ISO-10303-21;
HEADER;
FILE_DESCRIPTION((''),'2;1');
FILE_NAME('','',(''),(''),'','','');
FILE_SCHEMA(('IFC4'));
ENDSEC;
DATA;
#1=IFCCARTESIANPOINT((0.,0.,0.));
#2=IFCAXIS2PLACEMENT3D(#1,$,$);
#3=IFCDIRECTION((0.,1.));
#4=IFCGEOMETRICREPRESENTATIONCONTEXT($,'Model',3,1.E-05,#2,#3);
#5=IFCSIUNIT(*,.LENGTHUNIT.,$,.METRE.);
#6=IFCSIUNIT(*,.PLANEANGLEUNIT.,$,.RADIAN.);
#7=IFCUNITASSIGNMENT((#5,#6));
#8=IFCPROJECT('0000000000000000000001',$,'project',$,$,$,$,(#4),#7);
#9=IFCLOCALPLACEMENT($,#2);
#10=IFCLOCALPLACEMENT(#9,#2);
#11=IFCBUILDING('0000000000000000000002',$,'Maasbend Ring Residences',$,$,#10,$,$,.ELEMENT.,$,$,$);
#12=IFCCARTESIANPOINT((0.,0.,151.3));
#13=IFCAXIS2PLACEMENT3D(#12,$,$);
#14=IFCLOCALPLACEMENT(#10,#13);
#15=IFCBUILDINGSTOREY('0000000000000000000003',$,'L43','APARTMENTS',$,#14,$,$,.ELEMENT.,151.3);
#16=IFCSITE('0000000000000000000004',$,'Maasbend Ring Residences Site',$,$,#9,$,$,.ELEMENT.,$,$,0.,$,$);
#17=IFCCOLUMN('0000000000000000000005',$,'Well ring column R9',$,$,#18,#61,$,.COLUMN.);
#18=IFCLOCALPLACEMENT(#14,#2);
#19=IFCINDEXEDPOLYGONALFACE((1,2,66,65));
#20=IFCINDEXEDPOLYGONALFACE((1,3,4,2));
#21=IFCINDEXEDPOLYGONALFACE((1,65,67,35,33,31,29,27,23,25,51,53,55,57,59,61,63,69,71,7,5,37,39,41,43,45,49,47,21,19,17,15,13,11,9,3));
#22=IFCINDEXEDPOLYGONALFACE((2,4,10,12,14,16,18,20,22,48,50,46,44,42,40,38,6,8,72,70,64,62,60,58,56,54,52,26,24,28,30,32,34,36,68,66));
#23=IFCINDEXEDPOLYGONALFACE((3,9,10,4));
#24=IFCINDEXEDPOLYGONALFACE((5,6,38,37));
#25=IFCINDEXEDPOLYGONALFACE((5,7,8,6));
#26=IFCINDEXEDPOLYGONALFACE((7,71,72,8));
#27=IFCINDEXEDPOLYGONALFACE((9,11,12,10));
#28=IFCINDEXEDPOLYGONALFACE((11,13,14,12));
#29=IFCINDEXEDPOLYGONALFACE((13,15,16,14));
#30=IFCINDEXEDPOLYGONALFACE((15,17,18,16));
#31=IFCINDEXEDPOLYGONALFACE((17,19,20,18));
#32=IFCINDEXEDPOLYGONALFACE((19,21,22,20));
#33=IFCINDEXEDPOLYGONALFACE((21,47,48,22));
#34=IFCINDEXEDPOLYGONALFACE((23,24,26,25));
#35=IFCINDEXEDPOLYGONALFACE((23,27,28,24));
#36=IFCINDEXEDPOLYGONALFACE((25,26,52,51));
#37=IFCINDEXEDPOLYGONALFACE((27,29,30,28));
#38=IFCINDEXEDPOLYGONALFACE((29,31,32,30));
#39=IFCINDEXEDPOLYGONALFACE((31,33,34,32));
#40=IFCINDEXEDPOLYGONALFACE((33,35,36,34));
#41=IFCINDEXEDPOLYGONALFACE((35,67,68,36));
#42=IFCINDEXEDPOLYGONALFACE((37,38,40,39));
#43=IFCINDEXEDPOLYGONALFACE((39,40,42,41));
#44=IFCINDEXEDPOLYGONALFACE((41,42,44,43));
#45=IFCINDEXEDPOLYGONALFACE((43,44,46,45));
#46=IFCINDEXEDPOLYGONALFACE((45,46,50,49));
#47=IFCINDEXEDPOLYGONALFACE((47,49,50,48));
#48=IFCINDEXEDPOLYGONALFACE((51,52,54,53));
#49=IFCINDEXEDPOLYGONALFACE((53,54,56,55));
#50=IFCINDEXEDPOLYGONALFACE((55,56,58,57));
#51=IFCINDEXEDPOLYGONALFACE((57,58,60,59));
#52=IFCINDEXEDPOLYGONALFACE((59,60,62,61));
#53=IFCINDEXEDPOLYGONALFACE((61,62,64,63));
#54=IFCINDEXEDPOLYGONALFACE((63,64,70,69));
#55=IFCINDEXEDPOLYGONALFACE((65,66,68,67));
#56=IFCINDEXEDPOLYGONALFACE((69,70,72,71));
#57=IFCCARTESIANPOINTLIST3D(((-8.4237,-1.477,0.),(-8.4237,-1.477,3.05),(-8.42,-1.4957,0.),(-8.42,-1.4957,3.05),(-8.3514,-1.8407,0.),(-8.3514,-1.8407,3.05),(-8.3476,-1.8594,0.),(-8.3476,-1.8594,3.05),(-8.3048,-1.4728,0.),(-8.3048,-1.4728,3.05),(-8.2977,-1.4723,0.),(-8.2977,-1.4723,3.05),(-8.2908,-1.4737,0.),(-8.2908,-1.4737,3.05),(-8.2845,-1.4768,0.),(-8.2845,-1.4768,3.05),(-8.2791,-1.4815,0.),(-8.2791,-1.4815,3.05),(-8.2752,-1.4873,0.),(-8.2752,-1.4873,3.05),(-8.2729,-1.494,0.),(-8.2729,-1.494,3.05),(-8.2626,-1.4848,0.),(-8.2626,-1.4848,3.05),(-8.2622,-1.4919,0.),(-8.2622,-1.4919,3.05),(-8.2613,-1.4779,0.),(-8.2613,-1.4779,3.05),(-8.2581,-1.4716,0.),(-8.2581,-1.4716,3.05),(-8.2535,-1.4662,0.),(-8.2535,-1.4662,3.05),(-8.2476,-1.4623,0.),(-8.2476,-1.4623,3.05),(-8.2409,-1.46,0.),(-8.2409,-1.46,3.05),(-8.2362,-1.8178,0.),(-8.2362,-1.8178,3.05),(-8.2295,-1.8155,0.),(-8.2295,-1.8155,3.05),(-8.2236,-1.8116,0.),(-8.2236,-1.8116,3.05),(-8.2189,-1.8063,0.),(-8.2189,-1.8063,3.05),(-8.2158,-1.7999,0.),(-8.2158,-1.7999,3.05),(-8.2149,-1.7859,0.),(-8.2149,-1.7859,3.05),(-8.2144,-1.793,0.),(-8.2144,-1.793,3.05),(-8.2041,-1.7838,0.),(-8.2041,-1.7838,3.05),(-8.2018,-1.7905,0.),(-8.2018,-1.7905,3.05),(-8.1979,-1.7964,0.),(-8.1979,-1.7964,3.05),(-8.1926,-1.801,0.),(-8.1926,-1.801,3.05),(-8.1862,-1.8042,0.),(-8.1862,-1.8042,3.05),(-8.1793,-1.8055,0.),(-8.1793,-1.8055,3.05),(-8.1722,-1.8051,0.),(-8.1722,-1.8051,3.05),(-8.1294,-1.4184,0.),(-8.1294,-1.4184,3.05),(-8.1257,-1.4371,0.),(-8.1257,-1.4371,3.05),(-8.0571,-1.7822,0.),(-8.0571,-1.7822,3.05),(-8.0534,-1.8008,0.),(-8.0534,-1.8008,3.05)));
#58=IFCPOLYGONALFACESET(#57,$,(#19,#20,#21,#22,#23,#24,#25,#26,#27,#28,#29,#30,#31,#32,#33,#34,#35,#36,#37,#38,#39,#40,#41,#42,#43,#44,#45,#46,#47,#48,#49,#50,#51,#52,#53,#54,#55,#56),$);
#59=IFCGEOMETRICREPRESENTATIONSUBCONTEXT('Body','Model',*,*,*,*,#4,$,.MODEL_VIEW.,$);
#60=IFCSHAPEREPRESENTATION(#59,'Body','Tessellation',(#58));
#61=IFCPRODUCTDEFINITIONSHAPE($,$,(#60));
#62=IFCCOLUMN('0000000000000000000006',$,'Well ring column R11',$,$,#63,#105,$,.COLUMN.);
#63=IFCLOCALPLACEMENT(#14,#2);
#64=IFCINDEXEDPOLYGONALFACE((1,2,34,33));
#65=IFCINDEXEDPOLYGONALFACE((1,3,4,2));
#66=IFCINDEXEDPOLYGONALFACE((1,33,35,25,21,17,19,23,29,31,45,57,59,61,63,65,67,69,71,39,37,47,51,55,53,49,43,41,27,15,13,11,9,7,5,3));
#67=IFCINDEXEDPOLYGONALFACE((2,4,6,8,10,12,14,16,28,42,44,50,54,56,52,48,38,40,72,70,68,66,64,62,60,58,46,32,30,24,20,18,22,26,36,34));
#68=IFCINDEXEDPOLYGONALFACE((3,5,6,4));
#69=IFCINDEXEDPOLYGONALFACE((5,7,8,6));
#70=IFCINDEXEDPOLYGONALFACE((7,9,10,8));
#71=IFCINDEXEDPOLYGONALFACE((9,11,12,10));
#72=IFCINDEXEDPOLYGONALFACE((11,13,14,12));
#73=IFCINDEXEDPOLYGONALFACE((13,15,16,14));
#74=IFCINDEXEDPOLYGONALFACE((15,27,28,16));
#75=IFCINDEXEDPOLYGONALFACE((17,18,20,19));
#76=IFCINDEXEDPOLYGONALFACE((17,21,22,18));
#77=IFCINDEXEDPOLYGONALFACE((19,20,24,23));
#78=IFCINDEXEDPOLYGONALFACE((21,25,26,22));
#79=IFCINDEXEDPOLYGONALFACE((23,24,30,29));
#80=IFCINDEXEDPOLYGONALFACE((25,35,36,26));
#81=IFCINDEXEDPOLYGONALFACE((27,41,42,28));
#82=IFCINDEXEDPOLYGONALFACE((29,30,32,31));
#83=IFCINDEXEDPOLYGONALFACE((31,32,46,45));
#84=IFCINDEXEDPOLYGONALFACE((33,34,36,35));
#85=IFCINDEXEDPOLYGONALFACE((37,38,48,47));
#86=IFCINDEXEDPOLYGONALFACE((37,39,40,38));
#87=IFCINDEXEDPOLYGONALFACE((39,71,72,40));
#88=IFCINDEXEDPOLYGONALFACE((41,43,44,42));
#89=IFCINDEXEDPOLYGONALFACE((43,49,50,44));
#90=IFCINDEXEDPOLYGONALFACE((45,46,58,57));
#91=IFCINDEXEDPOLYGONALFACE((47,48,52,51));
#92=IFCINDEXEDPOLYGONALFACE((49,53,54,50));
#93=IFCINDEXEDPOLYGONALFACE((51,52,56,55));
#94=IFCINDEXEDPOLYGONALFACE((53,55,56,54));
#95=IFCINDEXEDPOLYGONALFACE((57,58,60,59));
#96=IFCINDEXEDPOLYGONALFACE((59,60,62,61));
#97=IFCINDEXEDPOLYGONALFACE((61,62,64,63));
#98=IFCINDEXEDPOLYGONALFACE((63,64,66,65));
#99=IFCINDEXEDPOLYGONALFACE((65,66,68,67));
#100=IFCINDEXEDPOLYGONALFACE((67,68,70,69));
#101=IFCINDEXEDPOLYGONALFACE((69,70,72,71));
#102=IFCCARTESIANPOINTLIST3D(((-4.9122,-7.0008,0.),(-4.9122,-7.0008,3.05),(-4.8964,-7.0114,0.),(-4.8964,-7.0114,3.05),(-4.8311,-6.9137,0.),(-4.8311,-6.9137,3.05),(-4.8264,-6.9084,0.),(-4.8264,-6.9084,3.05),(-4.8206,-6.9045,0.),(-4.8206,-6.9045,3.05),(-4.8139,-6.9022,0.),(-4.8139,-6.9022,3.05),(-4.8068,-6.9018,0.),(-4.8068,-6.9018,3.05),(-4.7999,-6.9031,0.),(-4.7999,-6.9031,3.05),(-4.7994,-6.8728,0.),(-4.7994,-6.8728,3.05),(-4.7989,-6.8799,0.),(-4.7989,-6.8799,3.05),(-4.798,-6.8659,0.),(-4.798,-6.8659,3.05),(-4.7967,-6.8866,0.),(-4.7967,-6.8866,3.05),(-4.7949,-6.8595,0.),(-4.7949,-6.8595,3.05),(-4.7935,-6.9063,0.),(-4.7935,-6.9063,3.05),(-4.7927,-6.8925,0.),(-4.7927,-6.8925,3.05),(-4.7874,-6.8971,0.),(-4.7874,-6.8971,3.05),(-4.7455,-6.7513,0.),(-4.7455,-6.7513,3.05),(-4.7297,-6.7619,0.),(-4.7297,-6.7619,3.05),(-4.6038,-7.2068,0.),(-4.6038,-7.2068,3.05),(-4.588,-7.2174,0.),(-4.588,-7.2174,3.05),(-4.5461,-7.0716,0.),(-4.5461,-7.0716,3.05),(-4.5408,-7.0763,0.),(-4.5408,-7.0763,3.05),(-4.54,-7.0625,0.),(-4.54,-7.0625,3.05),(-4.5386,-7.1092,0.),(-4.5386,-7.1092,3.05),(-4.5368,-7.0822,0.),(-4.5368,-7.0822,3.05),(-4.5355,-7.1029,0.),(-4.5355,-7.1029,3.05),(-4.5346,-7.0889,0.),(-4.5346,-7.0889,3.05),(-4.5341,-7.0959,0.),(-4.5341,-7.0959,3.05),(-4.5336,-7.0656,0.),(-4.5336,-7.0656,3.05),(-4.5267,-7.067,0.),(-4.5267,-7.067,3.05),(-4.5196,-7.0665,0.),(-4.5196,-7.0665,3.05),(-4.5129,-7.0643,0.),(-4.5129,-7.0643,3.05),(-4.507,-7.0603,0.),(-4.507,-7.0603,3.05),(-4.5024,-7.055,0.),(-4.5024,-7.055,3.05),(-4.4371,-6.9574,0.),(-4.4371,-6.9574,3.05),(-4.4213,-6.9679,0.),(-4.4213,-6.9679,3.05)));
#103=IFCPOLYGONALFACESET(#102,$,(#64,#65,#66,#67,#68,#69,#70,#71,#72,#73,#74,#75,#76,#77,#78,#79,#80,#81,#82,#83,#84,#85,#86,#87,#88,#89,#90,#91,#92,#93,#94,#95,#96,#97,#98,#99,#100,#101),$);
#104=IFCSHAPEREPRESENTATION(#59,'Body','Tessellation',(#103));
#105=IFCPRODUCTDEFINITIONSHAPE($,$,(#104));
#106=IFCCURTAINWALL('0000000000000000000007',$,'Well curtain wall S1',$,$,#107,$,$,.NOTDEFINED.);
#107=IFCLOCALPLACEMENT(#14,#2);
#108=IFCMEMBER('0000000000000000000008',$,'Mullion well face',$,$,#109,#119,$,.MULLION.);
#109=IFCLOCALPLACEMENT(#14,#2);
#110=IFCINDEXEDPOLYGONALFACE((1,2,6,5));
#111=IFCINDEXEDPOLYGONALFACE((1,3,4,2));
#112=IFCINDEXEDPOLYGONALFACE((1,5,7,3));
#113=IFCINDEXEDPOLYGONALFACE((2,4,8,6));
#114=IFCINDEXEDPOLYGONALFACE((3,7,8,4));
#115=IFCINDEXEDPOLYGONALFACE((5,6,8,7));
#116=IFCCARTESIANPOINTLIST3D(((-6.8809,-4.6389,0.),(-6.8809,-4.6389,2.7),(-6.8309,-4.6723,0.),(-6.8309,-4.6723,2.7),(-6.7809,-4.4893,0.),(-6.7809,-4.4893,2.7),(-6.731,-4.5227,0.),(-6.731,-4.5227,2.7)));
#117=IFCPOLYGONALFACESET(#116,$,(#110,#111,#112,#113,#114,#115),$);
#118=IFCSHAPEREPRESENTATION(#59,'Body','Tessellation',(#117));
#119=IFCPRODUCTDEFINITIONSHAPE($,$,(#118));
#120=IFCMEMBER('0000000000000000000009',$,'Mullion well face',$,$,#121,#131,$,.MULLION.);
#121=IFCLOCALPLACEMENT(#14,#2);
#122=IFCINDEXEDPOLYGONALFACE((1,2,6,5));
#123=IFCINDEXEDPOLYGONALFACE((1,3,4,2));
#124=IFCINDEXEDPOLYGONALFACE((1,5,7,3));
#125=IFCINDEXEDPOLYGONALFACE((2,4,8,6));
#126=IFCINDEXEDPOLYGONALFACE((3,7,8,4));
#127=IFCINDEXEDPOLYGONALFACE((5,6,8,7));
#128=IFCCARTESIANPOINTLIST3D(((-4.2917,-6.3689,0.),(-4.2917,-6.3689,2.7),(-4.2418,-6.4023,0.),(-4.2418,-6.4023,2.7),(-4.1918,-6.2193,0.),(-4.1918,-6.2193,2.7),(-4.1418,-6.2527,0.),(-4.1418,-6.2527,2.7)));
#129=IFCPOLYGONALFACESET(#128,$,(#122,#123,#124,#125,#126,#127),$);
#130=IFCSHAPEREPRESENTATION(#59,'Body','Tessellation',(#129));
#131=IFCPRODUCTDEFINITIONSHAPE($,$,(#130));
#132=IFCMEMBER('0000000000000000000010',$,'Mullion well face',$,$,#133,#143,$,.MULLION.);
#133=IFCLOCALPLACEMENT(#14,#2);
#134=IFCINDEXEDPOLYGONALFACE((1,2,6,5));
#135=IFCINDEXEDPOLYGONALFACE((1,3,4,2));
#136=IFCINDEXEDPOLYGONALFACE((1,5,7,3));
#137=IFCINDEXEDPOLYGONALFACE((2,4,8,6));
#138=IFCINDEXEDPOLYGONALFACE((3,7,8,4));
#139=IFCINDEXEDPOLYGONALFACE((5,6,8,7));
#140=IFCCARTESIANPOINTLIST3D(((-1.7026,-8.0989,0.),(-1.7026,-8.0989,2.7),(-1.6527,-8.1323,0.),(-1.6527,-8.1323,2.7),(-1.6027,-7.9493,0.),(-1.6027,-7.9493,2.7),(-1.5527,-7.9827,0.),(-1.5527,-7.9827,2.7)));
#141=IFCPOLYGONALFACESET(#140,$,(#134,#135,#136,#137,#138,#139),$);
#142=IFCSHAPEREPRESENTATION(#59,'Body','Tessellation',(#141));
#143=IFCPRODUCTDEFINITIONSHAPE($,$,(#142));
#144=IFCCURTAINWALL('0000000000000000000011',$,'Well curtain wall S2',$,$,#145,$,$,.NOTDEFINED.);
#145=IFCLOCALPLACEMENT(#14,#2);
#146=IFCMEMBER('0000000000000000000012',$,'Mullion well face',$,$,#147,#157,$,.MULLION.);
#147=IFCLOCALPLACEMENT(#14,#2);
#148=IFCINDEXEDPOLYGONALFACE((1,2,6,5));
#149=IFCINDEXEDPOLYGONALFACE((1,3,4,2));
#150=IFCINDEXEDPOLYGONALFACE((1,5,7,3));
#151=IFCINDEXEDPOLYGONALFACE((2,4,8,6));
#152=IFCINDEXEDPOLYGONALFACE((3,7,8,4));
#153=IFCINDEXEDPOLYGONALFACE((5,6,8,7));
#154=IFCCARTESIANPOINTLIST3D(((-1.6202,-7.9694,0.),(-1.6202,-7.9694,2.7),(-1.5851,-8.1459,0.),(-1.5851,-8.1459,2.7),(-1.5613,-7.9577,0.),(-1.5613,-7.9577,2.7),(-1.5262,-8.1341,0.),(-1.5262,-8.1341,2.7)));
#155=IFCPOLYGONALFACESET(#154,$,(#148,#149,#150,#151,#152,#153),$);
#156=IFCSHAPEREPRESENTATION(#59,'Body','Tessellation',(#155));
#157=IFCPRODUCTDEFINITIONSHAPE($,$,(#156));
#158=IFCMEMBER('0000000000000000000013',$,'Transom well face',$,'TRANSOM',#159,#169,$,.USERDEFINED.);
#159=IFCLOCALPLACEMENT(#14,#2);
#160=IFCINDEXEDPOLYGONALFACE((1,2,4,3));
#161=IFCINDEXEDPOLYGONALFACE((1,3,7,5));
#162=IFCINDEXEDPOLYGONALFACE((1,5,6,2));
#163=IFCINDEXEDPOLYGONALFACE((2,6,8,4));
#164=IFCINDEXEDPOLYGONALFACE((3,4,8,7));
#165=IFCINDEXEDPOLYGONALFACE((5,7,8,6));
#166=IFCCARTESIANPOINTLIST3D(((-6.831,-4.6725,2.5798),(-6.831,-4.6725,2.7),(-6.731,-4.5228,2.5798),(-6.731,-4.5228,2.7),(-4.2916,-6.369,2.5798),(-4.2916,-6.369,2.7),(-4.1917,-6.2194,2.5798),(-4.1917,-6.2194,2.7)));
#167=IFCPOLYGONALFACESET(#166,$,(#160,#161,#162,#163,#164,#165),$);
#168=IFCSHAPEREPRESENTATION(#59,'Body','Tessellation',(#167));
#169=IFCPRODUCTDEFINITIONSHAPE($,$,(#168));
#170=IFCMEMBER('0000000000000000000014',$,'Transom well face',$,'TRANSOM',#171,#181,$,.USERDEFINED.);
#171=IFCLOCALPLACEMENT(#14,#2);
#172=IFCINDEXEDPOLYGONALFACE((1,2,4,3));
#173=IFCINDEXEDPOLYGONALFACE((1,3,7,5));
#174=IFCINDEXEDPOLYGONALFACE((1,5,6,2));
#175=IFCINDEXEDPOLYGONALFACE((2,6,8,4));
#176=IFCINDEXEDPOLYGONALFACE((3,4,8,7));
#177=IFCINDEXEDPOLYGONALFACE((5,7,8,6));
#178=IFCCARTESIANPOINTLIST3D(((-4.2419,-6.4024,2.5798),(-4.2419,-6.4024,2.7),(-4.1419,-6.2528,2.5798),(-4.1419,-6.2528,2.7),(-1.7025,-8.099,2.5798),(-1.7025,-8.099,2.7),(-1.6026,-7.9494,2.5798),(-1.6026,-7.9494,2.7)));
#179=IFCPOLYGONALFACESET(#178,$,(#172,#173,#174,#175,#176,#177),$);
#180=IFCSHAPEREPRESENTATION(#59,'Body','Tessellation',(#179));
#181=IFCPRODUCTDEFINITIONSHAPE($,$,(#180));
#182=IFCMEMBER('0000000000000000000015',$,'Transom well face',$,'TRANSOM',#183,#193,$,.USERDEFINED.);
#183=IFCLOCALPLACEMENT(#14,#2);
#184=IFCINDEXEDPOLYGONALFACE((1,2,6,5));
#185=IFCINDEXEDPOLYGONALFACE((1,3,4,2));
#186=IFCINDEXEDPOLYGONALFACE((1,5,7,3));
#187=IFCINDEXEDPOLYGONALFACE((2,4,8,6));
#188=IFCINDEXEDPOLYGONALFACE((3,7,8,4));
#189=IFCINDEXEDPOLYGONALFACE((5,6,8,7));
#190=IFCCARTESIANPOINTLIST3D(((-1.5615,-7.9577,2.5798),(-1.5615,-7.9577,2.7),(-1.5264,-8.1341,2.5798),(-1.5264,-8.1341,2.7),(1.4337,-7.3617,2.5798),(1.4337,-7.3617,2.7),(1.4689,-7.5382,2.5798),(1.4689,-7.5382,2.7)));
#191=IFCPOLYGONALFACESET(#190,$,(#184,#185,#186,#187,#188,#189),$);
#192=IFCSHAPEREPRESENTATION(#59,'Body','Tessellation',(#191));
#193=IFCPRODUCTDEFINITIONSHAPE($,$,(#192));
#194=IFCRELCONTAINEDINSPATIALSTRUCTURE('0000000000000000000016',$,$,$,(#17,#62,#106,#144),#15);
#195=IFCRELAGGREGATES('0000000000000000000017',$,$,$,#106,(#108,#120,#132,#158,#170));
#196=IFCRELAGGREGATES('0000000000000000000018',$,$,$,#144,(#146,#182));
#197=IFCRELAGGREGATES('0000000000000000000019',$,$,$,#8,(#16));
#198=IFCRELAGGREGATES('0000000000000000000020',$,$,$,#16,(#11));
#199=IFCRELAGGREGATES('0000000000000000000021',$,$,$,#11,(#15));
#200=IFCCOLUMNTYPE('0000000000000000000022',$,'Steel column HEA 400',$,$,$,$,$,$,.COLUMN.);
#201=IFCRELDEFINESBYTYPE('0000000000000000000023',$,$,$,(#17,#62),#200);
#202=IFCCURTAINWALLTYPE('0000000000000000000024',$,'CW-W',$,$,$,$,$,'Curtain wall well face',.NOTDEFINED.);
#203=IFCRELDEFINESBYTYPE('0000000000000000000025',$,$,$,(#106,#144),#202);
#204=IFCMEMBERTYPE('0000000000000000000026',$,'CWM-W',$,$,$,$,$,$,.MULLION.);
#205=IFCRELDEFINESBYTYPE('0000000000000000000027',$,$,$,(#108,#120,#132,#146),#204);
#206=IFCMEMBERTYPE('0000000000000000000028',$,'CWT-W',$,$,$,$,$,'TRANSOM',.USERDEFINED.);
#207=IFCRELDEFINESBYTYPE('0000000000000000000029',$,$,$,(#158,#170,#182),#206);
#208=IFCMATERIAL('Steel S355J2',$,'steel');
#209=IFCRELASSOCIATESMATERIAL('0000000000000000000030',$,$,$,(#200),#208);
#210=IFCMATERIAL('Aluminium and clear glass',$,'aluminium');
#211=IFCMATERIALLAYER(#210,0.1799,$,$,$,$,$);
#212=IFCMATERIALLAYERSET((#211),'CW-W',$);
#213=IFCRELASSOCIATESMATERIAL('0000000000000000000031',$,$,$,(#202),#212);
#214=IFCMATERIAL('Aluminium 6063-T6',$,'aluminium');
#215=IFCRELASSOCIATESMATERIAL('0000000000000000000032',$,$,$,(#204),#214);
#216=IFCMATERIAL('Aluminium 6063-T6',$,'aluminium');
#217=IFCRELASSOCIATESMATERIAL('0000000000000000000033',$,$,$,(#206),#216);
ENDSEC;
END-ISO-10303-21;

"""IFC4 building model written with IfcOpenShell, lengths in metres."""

from ifc_helpers import new_model, si_unit, direction, frame, origin, origin_2d, place, context, subcontext, project, spatial, rectangle, i_section, extrude, material, layer, layer_set, material_profile, profile_set, type_object, element, aggregate, save


model = new_model("IFC4")

# Units and contexts
model_context = context("Model", 3, precision=1e-05, world=origin(), true_north=direction((0.0, 1.0)))
body_context = subcontext(model_context, "Body", "Model", "MODEL_VIEW")
ifc_project = project(units=[si_unit("LENGTHUNIT", "METRE"), si_unit("PLANEANGLEUNIT", "RADIAN")], contexts=[model_context])

# Site, building, storey
site_placement = place(None, origin())
site = spatial("IfcSite", under=ifc_project, at=site_placement, Name="Maasbend Ring Residences Site", CompositionType="ELEMENT", RefElevation=0.0)
building_placement = place(site_placement, origin())
building = spatial("IfcBuilding", under=site, at=building_placement, Name="Maasbend Ring Residences", CompositionType="ELEMENT")
storey_placement = place(building_placement, frame((0.0, 0.0, 151.3)))
storey = spatial("IfcBuildingStorey", under=building, at=storey_placement, Name="L43", Description="APARTMENTS", CompositionType="ELEMENT", Elevation=151.3)

# Columns
ifc_material_1 = material(Name="Steel S355J2", Category="steel")
ifc_material_profile_1 = material_profile(ifc_material_1, i_section(OverallWidth=0.3, OverallDepth=0.3899, WebThickness=0.011, FlangeThickness=0.019, FilletRadius=0.0271, at=origin_2d()), Name="HEA 400")
ifc_profile_set_1 = profile_set([ifc_material_profile_1], Name="Steel S355J2")
column_type = type_object("IfcColumnType", Name="Steel column HEA 400", PredefinedType="COLUMN", material=ifc_profile_set_1)
for number, where, z_axis, x_axis, name in (
    (1, (-8.2385, -1.6389, 0.0), (0.0, 0.0, 1.0), (-0.980785, -0.19509, 0.0), "Well ring column R9"),
    (2, (-4.6667, -6.9844, 0.0), (0.0, 0.0, 1.0), (-0.55557, -0.83147, 0.0), "Well ring column R11"),
):
    element("IfcColumn", number, at=place(storey_placement, frame(where, z_axis=z_axis, x_axis=x_axis)), inside=storey, type_object=column_type, Name=name, PredefinedType="COLUMN", context=body_context, shape_type="SweptSolid", body=[
        extrude(i_section(OverallWidth=0.3, OverallDepth=0.3899, WebThickness=0.011, FlangeThickness=0.019, FilletRadius=0.0271, at=origin_2d()), origin(), (0.0, 0.0, 1.0), 3.05),
    ])

# Curtain wall, members
ifc_material_2 = material(Name="Aluminium and clear glass", Category="aluminium")
ifc_layer_1 = layer(ifc_material_2, 0.1799)
ifc_layer_set_1 = layer_set([ifc_layer_1], Name="CW-W")
curtain_wall_type = type_object("IfcCurtainWallType", Name="CW-W", ElementType="Curtain wall well face", PredefinedType="NOTDEFINED", material=ifc_layer_set_1)
curtain_wall_1_placement = place(storey_placement, origin())
curtain_wall_1 = element("IfcCurtainWall", 3, at=curtain_wall_1_placement, inside=storey, type_object=curtain_wall_type, Name="Well curtain wall S1", PredefinedType="NOTDEFINED")
ifc_material_3 = material(Name="Aluminium 6063-T6", Category="aluminium")
ifc_material_profile_2 = material_profile(ifc_material_3, rectangle(XDim=0.1799, YDim=0.0601, at=origin_2d()), Name="AL 180x60")
ifc_profile_set_2 = profile_set([ifc_material_profile_2], Name="Aluminium 6063-T6")
member_type_1 = type_object("IfcMemberType", Name="CWM-W", PredefinedType="MULLION", material=ifc_profile_set_2)
member_1_placement = place(storey_placement, frame((-6.8059, -4.5808, 0.0), z_axis=(0.0, 0.0, 1.0), x_axis=(0.55557, 0.83147, 0.0)))
member_1 = element("IfcMember", 4, at=member_1_placement, type_object=member_type_1, Name="Mullion well face", PredefinedType="MULLION", context=body_context, shape_type="SweptSolid", body=[
    extrude(rectangle(XDim=0.1799, YDim=0.0601, at=origin_2d()), origin(), (0.0, 0.0, 1.0), 2.7),
])
member_2_placement = place(storey_placement, frame((-4.2168, -6.3108, 0.0), z_axis=(0.0, 0.0, 1.0), x_axis=(0.55557, 0.83147, 0.0)))
member_2 = element("IfcMember", 5, at=member_2_placement, type_object=member_type_1, Name="Mullion well face", PredefinedType="MULLION", context=body_context, shape_type="SweptSolid", body=[
    extrude(rectangle(XDim=0.1799, YDim=0.0601, at=origin_2d()), origin(), (0.0, 0.0, 1.0), 2.7),
])
member_3_placement = place(storey_placement, frame((-1.6277, -8.0408, 0.0), z_axis=(0.0, 0.0, 1.0), x_axis=(0.55557, 0.83147, 0.0)))
member_3 = element("IfcMember", 6, at=member_3_placement, type_object=member_type_1, Name="Mullion well face", PredefinedType="MULLION", context=body_context, shape_type="SweptSolid", body=[
    extrude(rectangle(XDim=0.1799, YDim=0.0601, at=origin_2d()), origin(), (0.0, 0.0, 1.0), 2.7),
])

# Curtain wall, member
curtain_wall_2_placement = place(storey_placement, origin())
curtain_wall_2 = element("IfcCurtainWall", 7, at=curtain_wall_2_placement, inside=storey, type_object=curtain_wall_type, Name="Well curtain wall S2", PredefinedType="NOTDEFINED")
member_4_placement = place(storey_placement, frame((-1.5732, -8.0518, 0.0), z_axis=(0.0, 0.0, 1.0), x_axis=(-0.19509, 0.980785, 0.0)))
member_4 = element("IfcMember", 8, at=member_4_placement, type_object=member_type_1, Name="Mullion well face", PredefinedType="MULLION", context=body_context, shape_type="SweptSolid", body=[
    extrude(rectangle(XDim=0.1799, YDim=0.0601, at=origin_2d()), origin(), (0.0, 0.0, 1.0), 2.7),
])

# Members
ifc_material_4 = material(Name="Aluminium 6063-T6", Category="aluminium")
ifc_material_profile_3 = material_profile(ifc_material_4, rectangle(XDim=0.1799, YDim=0.1201, at=origin_2d()), Name="AL 180x120")
ifc_profile_set_3 = profile_set([ifc_material_profile_3], Name="Aluminium 6063-T6")
member_type_2 = type_object("IfcMemberType", Name="CWT-W", ElementType="TRANSOM", PredefinedType="USERDEFINED", material=ifc_profile_set_3)
member_5_placement = place(storey_placement, frame((-6.781, -4.5977, 2.6399), z_axis=(0.831496, -0.55553, 0.0), x_axis=(0.55553, 0.831496, 0.0)))
member_5 = element("IfcMember", 9, at=member_5_placement, type_object=member_type_2, Name="Transom well face", ObjectType="TRANSOM", PredefinedType="USERDEFINED", context=body_context, shape_type="SweptSolid", body=[
    extrude(rectangle(XDim=0.1799, YDim=0.1201, at=origin_2d()), origin(), (0.0, 0.0, 1.0), 3.054),
])
member_6_placement = place(storey_placement, frame((-4.1919, -6.3276, 2.6399), z_axis=(0.831496, -0.55553, 0.0), x_axis=(0.55553, 0.831496, 0.0)))
member_6 = element("IfcMember", 10, at=member_6_placement, type_object=member_type_2, Name="Transom well face", ObjectType="TRANSOM", PredefinedType="USERDEFINED", context=body_context, shape_type="SweptSolid", body=[
    extrude(rectangle(XDim=0.1799, YDim=0.1201, at=origin_2d()), origin(), (0.0, 0.0, 1.0), 3.054),
])
member_7_placement = place(storey_placement, frame((-1.5439, -8.0459, 2.6399), z_axis=(0.980777, 0.195132, 0.0), x_axis=(-0.195132, 0.980777, 0.0)))
member_7 = element("IfcMember", 11, at=member_7_placement, type_object=member_type_2, Name="Transom well face", ObjectType="TRANSOM", PredefinedType="USERDEFINED", context=body_context, shape_type="SweptSolid", body=[
    extrude(rectangle(XDim=0.1799, YDim=0.1201, at=origin_2d()), origin(), (0.0, 0.0, 1.0), 3.054),
])

aggregate(curtain_wall_1, [member_1, member_2, member_3, member_5, member_6])
aggregate(curtain_wall_2, [member_4, member_7])

save(model, "model.ifc")
